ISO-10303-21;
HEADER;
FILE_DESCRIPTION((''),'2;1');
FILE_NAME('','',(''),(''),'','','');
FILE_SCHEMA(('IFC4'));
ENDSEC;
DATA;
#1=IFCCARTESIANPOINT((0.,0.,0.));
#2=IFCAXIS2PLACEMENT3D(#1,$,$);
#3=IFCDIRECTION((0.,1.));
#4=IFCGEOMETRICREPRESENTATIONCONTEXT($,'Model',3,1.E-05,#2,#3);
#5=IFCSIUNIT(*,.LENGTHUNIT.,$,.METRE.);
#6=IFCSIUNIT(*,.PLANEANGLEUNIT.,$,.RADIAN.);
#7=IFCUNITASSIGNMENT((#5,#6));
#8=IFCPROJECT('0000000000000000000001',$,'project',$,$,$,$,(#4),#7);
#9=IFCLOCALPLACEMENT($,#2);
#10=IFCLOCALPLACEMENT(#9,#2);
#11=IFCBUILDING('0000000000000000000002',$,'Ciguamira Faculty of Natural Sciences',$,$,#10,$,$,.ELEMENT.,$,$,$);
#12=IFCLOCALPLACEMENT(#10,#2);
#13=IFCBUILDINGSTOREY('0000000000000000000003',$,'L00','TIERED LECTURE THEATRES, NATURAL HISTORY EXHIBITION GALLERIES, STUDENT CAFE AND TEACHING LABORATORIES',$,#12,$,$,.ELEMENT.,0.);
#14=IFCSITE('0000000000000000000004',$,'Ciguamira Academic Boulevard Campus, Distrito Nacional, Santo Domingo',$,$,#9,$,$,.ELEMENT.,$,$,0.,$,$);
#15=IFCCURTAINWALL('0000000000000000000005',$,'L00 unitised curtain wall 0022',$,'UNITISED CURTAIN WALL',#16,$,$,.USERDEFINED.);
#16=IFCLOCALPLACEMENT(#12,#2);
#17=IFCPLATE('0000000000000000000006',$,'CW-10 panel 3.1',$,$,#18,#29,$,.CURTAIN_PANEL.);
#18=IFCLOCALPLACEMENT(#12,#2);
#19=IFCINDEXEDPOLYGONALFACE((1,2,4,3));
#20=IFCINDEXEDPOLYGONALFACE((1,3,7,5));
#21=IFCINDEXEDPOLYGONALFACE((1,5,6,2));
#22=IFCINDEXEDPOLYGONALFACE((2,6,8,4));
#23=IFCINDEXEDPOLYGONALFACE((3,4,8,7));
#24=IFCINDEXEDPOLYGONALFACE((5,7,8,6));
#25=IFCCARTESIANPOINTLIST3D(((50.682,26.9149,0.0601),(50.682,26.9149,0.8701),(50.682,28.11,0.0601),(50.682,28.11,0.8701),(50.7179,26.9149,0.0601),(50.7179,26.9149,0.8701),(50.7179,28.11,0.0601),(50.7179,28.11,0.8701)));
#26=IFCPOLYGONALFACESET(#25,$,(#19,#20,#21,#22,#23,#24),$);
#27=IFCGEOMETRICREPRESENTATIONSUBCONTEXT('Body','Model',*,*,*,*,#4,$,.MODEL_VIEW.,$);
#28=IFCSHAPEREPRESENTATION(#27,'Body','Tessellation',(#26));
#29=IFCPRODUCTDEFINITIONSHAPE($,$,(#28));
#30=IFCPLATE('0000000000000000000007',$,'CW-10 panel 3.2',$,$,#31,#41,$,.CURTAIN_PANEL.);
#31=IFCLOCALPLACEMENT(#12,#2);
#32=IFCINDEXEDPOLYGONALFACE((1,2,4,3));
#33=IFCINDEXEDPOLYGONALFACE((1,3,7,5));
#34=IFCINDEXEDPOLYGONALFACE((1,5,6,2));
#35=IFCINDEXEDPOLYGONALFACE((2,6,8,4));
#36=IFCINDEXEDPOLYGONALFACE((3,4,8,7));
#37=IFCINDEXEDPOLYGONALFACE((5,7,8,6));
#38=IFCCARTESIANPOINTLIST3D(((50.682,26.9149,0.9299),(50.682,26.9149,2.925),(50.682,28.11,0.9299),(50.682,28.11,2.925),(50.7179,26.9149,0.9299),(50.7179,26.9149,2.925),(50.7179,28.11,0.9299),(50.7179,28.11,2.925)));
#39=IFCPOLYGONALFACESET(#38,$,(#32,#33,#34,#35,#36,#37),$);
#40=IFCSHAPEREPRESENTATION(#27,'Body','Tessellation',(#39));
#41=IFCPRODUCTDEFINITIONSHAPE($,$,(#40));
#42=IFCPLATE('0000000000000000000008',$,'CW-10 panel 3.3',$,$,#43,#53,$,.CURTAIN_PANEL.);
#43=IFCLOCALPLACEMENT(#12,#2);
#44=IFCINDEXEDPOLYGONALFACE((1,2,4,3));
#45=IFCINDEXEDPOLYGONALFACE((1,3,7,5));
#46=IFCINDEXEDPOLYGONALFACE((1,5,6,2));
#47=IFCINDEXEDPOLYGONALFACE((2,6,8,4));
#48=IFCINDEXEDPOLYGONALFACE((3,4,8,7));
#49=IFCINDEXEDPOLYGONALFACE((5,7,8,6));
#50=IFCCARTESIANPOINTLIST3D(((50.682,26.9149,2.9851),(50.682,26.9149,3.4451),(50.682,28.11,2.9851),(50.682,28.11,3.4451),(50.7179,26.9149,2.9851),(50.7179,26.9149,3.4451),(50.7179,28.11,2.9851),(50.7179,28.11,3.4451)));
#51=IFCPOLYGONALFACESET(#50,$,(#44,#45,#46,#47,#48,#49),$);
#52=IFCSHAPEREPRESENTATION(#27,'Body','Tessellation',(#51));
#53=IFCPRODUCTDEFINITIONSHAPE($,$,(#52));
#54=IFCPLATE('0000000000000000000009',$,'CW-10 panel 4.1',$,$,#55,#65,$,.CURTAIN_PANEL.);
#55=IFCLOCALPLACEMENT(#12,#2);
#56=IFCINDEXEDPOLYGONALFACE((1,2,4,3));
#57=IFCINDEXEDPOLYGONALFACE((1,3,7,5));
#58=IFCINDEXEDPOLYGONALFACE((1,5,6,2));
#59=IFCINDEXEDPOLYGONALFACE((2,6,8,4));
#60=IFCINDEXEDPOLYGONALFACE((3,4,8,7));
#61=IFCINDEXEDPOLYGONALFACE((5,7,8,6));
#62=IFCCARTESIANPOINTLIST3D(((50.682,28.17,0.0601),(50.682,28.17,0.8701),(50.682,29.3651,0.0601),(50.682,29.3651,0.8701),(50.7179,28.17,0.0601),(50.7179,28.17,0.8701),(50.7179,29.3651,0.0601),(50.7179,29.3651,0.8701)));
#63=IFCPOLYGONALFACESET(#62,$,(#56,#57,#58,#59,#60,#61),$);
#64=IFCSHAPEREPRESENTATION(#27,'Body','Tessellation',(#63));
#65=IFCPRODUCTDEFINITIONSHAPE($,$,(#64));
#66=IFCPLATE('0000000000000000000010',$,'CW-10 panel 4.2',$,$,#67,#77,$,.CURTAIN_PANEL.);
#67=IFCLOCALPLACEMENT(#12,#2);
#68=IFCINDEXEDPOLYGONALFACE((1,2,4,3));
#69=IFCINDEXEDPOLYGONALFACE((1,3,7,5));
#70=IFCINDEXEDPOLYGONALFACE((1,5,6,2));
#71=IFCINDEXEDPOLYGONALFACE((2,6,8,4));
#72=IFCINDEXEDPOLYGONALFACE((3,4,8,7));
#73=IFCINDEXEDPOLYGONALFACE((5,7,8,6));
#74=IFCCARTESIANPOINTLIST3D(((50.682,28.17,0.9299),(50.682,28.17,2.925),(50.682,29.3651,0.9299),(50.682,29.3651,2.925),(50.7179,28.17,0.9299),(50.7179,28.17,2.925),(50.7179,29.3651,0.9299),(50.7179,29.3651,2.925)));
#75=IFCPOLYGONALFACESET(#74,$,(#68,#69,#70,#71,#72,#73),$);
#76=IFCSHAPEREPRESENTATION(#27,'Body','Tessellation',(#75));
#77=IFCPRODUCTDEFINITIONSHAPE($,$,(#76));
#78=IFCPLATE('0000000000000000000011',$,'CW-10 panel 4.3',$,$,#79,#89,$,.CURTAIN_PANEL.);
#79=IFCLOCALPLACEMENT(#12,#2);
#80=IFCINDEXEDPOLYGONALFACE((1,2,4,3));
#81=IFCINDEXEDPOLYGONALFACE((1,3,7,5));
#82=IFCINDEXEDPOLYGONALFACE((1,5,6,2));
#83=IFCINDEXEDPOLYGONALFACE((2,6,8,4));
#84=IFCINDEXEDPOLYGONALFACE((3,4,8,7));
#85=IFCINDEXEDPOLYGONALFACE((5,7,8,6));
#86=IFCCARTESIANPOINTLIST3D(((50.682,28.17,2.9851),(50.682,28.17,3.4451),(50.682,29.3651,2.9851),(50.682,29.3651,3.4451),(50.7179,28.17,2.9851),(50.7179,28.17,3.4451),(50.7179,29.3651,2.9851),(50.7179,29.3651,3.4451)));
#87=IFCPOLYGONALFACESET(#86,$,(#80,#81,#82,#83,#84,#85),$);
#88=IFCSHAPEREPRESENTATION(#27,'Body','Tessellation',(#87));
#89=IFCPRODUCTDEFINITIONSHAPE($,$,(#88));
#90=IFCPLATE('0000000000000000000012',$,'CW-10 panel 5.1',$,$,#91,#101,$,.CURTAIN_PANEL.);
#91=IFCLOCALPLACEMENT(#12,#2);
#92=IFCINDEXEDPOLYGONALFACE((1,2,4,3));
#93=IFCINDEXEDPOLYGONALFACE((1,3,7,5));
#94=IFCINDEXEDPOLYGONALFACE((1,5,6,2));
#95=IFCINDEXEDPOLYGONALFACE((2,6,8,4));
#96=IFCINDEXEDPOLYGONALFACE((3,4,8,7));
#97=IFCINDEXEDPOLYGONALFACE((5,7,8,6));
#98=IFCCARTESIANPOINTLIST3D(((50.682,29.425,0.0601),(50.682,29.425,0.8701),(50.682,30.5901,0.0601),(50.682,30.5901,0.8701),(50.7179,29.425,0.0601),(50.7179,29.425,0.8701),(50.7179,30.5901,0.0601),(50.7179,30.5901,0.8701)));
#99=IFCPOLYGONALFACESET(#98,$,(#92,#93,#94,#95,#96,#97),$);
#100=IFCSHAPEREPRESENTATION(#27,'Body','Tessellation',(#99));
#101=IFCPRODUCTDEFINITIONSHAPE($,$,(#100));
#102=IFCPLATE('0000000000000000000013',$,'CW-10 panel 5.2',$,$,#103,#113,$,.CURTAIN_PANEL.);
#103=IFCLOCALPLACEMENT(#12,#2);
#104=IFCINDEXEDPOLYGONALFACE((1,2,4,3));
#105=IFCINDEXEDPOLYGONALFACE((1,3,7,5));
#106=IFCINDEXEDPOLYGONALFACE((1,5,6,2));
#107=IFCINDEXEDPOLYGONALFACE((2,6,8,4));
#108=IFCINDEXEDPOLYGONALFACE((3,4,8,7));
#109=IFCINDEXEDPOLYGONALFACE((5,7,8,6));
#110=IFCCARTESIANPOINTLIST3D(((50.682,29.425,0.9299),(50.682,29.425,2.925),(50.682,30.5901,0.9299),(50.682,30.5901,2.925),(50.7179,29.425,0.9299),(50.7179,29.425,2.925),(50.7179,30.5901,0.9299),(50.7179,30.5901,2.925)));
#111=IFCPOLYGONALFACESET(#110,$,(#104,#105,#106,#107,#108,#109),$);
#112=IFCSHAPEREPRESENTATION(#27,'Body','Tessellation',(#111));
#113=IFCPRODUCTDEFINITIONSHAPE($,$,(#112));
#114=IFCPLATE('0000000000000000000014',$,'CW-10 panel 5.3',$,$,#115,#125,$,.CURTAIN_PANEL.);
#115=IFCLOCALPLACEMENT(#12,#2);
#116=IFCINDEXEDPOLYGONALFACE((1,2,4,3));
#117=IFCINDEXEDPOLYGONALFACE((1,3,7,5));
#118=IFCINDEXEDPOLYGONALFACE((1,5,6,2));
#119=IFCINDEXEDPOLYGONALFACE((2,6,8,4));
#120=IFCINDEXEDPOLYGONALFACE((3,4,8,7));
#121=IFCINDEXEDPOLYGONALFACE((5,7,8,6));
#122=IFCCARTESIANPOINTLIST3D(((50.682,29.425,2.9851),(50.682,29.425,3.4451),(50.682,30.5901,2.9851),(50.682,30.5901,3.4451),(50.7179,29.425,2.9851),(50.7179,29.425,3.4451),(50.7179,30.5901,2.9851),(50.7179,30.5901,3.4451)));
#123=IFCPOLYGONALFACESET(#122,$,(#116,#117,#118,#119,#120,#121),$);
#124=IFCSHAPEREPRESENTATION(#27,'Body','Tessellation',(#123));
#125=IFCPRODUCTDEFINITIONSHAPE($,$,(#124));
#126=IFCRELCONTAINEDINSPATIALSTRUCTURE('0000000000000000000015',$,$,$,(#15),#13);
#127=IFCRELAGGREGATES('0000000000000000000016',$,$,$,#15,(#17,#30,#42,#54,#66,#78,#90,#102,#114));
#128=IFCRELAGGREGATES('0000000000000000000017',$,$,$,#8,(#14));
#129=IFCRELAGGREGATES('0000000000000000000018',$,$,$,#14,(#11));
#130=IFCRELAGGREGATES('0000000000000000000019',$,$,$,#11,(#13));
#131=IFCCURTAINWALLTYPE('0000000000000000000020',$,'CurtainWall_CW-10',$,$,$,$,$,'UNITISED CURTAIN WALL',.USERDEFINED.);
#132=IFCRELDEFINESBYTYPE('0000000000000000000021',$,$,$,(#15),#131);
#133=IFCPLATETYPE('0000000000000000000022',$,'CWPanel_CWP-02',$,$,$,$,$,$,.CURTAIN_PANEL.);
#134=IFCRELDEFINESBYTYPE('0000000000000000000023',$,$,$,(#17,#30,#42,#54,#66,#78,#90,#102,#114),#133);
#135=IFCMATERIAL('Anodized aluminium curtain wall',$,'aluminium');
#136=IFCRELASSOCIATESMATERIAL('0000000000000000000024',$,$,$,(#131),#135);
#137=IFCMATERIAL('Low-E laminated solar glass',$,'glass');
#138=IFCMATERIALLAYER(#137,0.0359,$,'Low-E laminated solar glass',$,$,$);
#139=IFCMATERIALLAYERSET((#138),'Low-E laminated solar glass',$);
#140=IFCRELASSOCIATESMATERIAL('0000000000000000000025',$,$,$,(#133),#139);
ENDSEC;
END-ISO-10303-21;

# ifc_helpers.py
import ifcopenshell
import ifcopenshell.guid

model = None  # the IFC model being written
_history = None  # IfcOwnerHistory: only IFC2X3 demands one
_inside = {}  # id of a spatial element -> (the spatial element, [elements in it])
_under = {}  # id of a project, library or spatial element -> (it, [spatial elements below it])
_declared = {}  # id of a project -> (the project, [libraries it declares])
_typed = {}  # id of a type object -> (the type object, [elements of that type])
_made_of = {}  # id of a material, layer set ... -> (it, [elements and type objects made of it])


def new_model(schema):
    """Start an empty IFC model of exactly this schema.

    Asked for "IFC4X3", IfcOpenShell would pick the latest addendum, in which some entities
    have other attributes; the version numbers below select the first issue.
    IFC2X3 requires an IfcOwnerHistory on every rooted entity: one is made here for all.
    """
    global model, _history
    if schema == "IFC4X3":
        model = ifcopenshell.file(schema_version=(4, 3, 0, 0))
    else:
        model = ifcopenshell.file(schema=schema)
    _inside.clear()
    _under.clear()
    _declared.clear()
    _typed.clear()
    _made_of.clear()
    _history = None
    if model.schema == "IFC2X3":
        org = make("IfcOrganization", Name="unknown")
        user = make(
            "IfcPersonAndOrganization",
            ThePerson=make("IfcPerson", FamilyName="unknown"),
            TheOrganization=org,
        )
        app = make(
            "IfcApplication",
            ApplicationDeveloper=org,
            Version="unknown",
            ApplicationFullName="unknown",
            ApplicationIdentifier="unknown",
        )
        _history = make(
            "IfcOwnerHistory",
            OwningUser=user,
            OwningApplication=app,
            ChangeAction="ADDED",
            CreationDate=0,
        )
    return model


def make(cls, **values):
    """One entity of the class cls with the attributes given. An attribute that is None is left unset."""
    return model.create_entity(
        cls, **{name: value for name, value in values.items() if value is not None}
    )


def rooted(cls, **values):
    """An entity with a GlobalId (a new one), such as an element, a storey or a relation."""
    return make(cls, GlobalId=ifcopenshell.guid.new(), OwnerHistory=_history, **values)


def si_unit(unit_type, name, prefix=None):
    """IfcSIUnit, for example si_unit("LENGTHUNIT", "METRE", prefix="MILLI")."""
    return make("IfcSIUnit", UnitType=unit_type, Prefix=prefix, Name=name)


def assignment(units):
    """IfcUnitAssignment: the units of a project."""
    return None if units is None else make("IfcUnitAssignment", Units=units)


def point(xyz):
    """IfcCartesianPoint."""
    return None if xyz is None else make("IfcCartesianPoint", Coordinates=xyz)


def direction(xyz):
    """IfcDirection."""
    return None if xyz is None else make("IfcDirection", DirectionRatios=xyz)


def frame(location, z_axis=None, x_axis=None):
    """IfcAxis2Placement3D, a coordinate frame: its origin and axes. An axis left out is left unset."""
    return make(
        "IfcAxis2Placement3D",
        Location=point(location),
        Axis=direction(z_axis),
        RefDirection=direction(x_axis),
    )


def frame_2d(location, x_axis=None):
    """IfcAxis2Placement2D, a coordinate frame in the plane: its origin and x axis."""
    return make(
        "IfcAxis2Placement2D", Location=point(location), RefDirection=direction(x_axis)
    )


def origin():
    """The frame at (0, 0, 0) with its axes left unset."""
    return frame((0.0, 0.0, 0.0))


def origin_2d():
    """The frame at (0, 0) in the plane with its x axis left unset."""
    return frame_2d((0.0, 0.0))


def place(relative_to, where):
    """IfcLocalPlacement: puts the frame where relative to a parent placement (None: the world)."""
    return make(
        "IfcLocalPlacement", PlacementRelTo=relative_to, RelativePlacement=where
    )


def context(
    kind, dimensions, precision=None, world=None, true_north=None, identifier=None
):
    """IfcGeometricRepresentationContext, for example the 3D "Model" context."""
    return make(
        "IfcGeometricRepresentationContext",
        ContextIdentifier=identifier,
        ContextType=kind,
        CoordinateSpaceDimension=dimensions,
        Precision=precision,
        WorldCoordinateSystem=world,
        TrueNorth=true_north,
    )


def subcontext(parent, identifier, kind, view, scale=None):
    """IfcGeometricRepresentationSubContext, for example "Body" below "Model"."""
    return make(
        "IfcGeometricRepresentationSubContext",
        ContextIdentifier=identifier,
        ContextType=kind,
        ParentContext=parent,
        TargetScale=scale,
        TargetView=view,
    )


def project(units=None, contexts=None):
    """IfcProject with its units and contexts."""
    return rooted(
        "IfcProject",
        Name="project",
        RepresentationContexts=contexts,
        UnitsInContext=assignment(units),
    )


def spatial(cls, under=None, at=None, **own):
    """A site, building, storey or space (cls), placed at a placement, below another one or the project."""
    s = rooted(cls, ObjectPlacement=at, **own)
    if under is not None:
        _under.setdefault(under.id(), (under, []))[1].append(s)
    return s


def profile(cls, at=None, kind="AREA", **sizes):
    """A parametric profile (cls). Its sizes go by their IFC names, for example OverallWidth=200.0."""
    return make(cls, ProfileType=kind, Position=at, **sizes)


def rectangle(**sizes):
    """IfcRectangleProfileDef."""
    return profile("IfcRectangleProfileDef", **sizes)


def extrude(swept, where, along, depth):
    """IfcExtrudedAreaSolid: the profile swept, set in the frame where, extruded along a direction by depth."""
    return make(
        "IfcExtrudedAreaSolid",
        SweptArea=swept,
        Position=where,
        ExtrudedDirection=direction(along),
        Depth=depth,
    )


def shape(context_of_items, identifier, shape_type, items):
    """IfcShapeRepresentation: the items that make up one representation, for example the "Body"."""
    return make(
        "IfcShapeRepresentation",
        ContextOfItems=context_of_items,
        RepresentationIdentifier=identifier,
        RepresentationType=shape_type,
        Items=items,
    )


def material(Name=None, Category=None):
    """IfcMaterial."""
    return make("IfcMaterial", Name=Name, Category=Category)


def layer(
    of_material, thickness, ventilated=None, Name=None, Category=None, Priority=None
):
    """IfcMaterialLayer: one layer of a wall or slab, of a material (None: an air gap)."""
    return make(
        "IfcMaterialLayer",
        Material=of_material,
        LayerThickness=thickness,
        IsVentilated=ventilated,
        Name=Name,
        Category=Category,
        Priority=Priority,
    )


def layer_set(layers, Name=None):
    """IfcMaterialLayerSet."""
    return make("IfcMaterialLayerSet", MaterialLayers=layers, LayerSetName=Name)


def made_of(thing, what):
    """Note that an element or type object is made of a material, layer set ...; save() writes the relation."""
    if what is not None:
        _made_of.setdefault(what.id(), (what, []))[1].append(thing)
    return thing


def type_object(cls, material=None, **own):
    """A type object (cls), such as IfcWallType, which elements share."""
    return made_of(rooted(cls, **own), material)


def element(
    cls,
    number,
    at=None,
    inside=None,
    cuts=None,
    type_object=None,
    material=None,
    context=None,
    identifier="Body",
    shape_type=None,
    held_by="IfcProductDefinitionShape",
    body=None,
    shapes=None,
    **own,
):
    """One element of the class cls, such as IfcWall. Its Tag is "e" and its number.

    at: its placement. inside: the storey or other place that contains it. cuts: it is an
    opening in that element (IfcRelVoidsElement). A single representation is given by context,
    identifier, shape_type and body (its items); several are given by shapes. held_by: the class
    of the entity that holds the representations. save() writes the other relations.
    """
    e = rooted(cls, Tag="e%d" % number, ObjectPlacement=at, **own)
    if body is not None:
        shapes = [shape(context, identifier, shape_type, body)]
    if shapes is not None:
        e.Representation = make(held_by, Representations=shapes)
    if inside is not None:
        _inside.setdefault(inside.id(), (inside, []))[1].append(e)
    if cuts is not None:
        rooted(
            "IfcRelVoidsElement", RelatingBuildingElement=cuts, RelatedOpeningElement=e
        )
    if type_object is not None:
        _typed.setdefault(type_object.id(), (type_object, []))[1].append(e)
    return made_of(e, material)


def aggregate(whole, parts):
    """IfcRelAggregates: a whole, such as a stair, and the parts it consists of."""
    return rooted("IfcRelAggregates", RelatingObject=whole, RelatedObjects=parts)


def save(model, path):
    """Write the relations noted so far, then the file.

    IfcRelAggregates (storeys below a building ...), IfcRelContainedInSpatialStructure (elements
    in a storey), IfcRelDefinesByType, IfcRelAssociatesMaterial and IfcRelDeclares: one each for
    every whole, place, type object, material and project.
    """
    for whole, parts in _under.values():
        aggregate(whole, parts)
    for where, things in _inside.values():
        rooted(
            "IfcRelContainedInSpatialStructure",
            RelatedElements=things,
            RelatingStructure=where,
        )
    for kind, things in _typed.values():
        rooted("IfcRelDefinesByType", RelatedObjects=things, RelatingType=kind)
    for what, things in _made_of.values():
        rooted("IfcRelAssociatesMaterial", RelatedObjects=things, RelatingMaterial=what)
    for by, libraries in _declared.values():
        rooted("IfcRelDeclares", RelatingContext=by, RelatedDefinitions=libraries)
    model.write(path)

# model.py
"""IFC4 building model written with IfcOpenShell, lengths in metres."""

from ifc_helpers import new_model, si_unit, direction, frame, origin, origin_2d, place, context, subcontext, project, spatial, rectangle, extrude, material, layer, layer_set, type_object, element, aggregate, save


model = new_model("IFC4")

# Units and contexts
model_context = context("Model", 3, precision=1e-05, world=origin(), true_north=direction((0.0, 1.0)))
body_context = subcontext(model_context, "Body", "Model", "MODEL_VIEW")
ifc_project = project(units=[si_unit("LENGTHUNIT", "METRE"), si_unit("PLANEANGLEUNIT", "RADIAN")], contexts=[model_context])

# Site, building, storey
site_placement = place(None, origin())
site = spatial("IfcSite", under=ifc_project, at=site_placement, Name="Ciguamira Academic Boulevard Campus, Distrito Nacional, Santo Domingo", CompositionType="ELEMENT", RefElevation=0.0)
building_placement = place(site_placement, origin())
building = spatial("IfcBuilding", under=site, at=building_placement, Name="Ciguamira Faculty of Natural Sciences", CompositionType="ELEMENT")
storey_placement = place(building_placement, origin())
storey = spatial("IfcBuildingStorey", under=building, at=storey_placement, Name="L00", Description="TIERED LECTURE THEATRES, NATURAL HISTORY EXHIBITION GALLERIES, STUDENT CAFE AND TEACHING LABORATORIES", CompositionType="ELEMENT", Elevation=0.0)

# Curtain wall
ifc_material_1 = material(Name="Anodized aluminium curtain wall", Category="aluminium")
curtain_wall_type_1 = type_object("IfcCurtainWallType", Name="CurtainWall_CW-10", ElementType="UNITISED CURTAIN WALL", PredefinedType="USERDEFINED", material=ifc_material_1)
curtain_wall_1_placement = place(storey_placement, origin())
curtain_wall_1 = element("IfcCurtainWall", 1, at=curtain_wall_1_placement, inside=storey, type_object=curtain_wall_type_1, Name="L00 unitised curtain wall 0022", ObjectType="UNITISED CURTAIN WALL", PredefinedType="USERDEFINED")

# Plates
ifc_material_2 = material(Name="Low-E laminated solar glass", Category="glass")
ifc_layer_1 = layer(ifc_material_2, 0.0359, Name="Low-E laminated solar glass")
ifc_layer_set_1 = layer_set([ifc_layer_1], Name="Low-E laminated solar glass")
plate_type_1 = type_object("IfcPlateType", Name="CWPanel_CWP-02", PredefinedType="CURTAIN_PANEL", material=ifc_layer_set_1)
plate_1_placement = place(storey_placement, frame((50.7, 27.5125, 0.0601), z_axis=(0.0, 0.0, 1.0), x_axis=(0.0, 1.0, 0.0)))
plate_1 = element("IfcPlate", 2, at=plate_1_placement, type_object=plate_type_1, Name="CW-10 panel 3.1", PredefinedType="CURTAIN_PANEL", context=body_context, shape_type="SweptSolid", body=[
    extrude(rectangle(XDim=1.1951, YDim=0.0359, at=origin_2d()), origin(), (0.0, 0.0, 1.0), 0.8101),
])
plate_2_placement = place(storey_placement, frame((50.7, 27.5125, 0.9299), z_axis=(0.0, 0.0, 1.0), x_axis=(0.0, 1.0, 0.0)))
plate_2 = element("IfcPlate", 3, at=plate_2_placement, type_object=plate_type_1, Name="CW-10 panel 3.2", PredefinedType="CURTAIN_PANEL", context=body_context, shape_type="SweptSolid", body=[
    extrude(rectangle(XDim=1.1951, YDim=0.0359, at=origin_2d()), origin(), (0.0, 0.0, 1.0), 1.9951),
])
plate_3_placement = place(storey_placement, frame((50.7, 27.5125, 2.9851), z_axis=(0.0, 0.0, 1.0), x_axis=(0.0, 1.0, 0.0)))
plate_3 = element("IfcPlate", 4, at=plate_3_placement, type_object=plate_type_1, Name="CW-10 panel 3.3", PredefinedType="CURTAIN_PANEL", context=body_context, shape_type="SweptSolid", body=[
    extrude(rectangle(XDim=1.1951, YDim=0.0359, at=origin_2d()), origin(), (0.0, 0.0, 1.0), 0.46),
])
plate_4_placement = place(storey_placement, frame((50.7, 28.7676, 0.0601), z_axis=(0.0, 0.0, 1.0), x_axis=(0.0, 1.0, 0.0)))
plate_4 = element("IfcPlate", 5, at=plate_4_placement, type_object=plate_type_1, Name="CW-10 panel 4.1", PredefinedType="CURTAIN_PANEL", context=body_context, shape_type="SweptSolid", body=[
    extrude(rectangle(XDim=1.1951, YDim=0.0359, at=origin_2d()), origin(), (0.0, 0.0, 1.0), 0.8101),
])
plate_5_placement = place(storey_placement, frame((50.7, 28.7676, 0.9299), z_axis=(0.0, 0.0, 1.0), x_axis=(0.0, 1.0, 0.0)))
plate_5 = element("IfcPlate", 6, at=plate_5_placement, type_object=plate_type_1, Name="CW-10 panel 4.2", PredefinedType="CURTAIN_PANEL", context=body_context, shape_type="SweptSolid", body=[
    extrude(rectangle(XDim=1.1951, YDim=0.0359, at=origin_2d()), origin(), (0.0, 0.0, 1.0), 1.9951),
])
plate_6_placement = place(storey_placement, frame((50.7, 28.7676, 2.9851), z_axis=(0.0, 0.0, 1.0), x_axis=(0.0, 1.0, 0.0)))
plate_6 = element("IfcPlate", 7, at=plate_6_placement, type_object=plate_type_1, Name="CW-10 panel 4.3", PredefinedType="CURTAIN_PANEL", context=body_context, shape_type="SweptSolid", body=[
    extrude(rectangle(XDim=1.1951, YDim=0.0359, at=origin_2d()), origin(), (0.0, 0.0, 1.0), 0.46),
])
plate_7_placement = place(storey_placement, frame((50.7, 30.0076, 0.0601), z_axis=(0.0, 0.0, 1.0), x_axis=(0.0, 1.0, 0.0)))
plate_7 = element("IfcPlate", 8, at=plate_7_placement, type_object=plate_type_1, Name="CW-10 panel 5.1", PredefinedType="CURTAIN_PANEL", context=body_context, shape_type="SweptSolid", body=[
    extrude(rectangle(XDim=1.165, YDim=0.0359, at=origin_2d()), origin(), (0.0, 0.0, 1.0), 0.8101),
])
plate_8_placement = place(storey_placement, frame((50.7, 30.0076, 0.9299), z_axis=(0.0, 0.0, 1.0), x_axis=(0.0, 1.0, 0.0)))
plate_8 = element("IfcPlate", 9, at=plate_8_placement, type_object=plate_type_1, Name="CW-10 panel 5.2", PredefinedType="CURTAIN_PANEL", context=body_context, shape_type="SweptSolid", body=[
    extrude(rectangle(XDim=1.165, YDim=0.0359, at=origin_2d()), origin(), (0.0, 0.0, 1.0), 1.9951),
])
plate_9_placement = place(storey_placement, frame((50.7, 30.0076, 2.9851), z_axis=(0.0, 0.0, 1.0), x_axis=(0.0, 1.0, 0.0)))
plate_9 = element("IfcPlate", 10, at=plate_9_placement, type_object=plate_type_1, Name="CW-10 panel 5.3", PredefinedType="CURTAIN_PANEL", context=body_context, shape_type="SweptSolid", body=[
    extrude(rectangle(XDim=1.165, YDim=0.0359, at=origin_2d()), origin(), (0.0, 0.0, 1.0), 0.46),
])
aggregate(curtain_wall_1, [plate_1, plate_2, plate_3, plate_4, plate_5, plate_6, plate_7, plate_8, plate_9])

save(model, "model.ifc")
